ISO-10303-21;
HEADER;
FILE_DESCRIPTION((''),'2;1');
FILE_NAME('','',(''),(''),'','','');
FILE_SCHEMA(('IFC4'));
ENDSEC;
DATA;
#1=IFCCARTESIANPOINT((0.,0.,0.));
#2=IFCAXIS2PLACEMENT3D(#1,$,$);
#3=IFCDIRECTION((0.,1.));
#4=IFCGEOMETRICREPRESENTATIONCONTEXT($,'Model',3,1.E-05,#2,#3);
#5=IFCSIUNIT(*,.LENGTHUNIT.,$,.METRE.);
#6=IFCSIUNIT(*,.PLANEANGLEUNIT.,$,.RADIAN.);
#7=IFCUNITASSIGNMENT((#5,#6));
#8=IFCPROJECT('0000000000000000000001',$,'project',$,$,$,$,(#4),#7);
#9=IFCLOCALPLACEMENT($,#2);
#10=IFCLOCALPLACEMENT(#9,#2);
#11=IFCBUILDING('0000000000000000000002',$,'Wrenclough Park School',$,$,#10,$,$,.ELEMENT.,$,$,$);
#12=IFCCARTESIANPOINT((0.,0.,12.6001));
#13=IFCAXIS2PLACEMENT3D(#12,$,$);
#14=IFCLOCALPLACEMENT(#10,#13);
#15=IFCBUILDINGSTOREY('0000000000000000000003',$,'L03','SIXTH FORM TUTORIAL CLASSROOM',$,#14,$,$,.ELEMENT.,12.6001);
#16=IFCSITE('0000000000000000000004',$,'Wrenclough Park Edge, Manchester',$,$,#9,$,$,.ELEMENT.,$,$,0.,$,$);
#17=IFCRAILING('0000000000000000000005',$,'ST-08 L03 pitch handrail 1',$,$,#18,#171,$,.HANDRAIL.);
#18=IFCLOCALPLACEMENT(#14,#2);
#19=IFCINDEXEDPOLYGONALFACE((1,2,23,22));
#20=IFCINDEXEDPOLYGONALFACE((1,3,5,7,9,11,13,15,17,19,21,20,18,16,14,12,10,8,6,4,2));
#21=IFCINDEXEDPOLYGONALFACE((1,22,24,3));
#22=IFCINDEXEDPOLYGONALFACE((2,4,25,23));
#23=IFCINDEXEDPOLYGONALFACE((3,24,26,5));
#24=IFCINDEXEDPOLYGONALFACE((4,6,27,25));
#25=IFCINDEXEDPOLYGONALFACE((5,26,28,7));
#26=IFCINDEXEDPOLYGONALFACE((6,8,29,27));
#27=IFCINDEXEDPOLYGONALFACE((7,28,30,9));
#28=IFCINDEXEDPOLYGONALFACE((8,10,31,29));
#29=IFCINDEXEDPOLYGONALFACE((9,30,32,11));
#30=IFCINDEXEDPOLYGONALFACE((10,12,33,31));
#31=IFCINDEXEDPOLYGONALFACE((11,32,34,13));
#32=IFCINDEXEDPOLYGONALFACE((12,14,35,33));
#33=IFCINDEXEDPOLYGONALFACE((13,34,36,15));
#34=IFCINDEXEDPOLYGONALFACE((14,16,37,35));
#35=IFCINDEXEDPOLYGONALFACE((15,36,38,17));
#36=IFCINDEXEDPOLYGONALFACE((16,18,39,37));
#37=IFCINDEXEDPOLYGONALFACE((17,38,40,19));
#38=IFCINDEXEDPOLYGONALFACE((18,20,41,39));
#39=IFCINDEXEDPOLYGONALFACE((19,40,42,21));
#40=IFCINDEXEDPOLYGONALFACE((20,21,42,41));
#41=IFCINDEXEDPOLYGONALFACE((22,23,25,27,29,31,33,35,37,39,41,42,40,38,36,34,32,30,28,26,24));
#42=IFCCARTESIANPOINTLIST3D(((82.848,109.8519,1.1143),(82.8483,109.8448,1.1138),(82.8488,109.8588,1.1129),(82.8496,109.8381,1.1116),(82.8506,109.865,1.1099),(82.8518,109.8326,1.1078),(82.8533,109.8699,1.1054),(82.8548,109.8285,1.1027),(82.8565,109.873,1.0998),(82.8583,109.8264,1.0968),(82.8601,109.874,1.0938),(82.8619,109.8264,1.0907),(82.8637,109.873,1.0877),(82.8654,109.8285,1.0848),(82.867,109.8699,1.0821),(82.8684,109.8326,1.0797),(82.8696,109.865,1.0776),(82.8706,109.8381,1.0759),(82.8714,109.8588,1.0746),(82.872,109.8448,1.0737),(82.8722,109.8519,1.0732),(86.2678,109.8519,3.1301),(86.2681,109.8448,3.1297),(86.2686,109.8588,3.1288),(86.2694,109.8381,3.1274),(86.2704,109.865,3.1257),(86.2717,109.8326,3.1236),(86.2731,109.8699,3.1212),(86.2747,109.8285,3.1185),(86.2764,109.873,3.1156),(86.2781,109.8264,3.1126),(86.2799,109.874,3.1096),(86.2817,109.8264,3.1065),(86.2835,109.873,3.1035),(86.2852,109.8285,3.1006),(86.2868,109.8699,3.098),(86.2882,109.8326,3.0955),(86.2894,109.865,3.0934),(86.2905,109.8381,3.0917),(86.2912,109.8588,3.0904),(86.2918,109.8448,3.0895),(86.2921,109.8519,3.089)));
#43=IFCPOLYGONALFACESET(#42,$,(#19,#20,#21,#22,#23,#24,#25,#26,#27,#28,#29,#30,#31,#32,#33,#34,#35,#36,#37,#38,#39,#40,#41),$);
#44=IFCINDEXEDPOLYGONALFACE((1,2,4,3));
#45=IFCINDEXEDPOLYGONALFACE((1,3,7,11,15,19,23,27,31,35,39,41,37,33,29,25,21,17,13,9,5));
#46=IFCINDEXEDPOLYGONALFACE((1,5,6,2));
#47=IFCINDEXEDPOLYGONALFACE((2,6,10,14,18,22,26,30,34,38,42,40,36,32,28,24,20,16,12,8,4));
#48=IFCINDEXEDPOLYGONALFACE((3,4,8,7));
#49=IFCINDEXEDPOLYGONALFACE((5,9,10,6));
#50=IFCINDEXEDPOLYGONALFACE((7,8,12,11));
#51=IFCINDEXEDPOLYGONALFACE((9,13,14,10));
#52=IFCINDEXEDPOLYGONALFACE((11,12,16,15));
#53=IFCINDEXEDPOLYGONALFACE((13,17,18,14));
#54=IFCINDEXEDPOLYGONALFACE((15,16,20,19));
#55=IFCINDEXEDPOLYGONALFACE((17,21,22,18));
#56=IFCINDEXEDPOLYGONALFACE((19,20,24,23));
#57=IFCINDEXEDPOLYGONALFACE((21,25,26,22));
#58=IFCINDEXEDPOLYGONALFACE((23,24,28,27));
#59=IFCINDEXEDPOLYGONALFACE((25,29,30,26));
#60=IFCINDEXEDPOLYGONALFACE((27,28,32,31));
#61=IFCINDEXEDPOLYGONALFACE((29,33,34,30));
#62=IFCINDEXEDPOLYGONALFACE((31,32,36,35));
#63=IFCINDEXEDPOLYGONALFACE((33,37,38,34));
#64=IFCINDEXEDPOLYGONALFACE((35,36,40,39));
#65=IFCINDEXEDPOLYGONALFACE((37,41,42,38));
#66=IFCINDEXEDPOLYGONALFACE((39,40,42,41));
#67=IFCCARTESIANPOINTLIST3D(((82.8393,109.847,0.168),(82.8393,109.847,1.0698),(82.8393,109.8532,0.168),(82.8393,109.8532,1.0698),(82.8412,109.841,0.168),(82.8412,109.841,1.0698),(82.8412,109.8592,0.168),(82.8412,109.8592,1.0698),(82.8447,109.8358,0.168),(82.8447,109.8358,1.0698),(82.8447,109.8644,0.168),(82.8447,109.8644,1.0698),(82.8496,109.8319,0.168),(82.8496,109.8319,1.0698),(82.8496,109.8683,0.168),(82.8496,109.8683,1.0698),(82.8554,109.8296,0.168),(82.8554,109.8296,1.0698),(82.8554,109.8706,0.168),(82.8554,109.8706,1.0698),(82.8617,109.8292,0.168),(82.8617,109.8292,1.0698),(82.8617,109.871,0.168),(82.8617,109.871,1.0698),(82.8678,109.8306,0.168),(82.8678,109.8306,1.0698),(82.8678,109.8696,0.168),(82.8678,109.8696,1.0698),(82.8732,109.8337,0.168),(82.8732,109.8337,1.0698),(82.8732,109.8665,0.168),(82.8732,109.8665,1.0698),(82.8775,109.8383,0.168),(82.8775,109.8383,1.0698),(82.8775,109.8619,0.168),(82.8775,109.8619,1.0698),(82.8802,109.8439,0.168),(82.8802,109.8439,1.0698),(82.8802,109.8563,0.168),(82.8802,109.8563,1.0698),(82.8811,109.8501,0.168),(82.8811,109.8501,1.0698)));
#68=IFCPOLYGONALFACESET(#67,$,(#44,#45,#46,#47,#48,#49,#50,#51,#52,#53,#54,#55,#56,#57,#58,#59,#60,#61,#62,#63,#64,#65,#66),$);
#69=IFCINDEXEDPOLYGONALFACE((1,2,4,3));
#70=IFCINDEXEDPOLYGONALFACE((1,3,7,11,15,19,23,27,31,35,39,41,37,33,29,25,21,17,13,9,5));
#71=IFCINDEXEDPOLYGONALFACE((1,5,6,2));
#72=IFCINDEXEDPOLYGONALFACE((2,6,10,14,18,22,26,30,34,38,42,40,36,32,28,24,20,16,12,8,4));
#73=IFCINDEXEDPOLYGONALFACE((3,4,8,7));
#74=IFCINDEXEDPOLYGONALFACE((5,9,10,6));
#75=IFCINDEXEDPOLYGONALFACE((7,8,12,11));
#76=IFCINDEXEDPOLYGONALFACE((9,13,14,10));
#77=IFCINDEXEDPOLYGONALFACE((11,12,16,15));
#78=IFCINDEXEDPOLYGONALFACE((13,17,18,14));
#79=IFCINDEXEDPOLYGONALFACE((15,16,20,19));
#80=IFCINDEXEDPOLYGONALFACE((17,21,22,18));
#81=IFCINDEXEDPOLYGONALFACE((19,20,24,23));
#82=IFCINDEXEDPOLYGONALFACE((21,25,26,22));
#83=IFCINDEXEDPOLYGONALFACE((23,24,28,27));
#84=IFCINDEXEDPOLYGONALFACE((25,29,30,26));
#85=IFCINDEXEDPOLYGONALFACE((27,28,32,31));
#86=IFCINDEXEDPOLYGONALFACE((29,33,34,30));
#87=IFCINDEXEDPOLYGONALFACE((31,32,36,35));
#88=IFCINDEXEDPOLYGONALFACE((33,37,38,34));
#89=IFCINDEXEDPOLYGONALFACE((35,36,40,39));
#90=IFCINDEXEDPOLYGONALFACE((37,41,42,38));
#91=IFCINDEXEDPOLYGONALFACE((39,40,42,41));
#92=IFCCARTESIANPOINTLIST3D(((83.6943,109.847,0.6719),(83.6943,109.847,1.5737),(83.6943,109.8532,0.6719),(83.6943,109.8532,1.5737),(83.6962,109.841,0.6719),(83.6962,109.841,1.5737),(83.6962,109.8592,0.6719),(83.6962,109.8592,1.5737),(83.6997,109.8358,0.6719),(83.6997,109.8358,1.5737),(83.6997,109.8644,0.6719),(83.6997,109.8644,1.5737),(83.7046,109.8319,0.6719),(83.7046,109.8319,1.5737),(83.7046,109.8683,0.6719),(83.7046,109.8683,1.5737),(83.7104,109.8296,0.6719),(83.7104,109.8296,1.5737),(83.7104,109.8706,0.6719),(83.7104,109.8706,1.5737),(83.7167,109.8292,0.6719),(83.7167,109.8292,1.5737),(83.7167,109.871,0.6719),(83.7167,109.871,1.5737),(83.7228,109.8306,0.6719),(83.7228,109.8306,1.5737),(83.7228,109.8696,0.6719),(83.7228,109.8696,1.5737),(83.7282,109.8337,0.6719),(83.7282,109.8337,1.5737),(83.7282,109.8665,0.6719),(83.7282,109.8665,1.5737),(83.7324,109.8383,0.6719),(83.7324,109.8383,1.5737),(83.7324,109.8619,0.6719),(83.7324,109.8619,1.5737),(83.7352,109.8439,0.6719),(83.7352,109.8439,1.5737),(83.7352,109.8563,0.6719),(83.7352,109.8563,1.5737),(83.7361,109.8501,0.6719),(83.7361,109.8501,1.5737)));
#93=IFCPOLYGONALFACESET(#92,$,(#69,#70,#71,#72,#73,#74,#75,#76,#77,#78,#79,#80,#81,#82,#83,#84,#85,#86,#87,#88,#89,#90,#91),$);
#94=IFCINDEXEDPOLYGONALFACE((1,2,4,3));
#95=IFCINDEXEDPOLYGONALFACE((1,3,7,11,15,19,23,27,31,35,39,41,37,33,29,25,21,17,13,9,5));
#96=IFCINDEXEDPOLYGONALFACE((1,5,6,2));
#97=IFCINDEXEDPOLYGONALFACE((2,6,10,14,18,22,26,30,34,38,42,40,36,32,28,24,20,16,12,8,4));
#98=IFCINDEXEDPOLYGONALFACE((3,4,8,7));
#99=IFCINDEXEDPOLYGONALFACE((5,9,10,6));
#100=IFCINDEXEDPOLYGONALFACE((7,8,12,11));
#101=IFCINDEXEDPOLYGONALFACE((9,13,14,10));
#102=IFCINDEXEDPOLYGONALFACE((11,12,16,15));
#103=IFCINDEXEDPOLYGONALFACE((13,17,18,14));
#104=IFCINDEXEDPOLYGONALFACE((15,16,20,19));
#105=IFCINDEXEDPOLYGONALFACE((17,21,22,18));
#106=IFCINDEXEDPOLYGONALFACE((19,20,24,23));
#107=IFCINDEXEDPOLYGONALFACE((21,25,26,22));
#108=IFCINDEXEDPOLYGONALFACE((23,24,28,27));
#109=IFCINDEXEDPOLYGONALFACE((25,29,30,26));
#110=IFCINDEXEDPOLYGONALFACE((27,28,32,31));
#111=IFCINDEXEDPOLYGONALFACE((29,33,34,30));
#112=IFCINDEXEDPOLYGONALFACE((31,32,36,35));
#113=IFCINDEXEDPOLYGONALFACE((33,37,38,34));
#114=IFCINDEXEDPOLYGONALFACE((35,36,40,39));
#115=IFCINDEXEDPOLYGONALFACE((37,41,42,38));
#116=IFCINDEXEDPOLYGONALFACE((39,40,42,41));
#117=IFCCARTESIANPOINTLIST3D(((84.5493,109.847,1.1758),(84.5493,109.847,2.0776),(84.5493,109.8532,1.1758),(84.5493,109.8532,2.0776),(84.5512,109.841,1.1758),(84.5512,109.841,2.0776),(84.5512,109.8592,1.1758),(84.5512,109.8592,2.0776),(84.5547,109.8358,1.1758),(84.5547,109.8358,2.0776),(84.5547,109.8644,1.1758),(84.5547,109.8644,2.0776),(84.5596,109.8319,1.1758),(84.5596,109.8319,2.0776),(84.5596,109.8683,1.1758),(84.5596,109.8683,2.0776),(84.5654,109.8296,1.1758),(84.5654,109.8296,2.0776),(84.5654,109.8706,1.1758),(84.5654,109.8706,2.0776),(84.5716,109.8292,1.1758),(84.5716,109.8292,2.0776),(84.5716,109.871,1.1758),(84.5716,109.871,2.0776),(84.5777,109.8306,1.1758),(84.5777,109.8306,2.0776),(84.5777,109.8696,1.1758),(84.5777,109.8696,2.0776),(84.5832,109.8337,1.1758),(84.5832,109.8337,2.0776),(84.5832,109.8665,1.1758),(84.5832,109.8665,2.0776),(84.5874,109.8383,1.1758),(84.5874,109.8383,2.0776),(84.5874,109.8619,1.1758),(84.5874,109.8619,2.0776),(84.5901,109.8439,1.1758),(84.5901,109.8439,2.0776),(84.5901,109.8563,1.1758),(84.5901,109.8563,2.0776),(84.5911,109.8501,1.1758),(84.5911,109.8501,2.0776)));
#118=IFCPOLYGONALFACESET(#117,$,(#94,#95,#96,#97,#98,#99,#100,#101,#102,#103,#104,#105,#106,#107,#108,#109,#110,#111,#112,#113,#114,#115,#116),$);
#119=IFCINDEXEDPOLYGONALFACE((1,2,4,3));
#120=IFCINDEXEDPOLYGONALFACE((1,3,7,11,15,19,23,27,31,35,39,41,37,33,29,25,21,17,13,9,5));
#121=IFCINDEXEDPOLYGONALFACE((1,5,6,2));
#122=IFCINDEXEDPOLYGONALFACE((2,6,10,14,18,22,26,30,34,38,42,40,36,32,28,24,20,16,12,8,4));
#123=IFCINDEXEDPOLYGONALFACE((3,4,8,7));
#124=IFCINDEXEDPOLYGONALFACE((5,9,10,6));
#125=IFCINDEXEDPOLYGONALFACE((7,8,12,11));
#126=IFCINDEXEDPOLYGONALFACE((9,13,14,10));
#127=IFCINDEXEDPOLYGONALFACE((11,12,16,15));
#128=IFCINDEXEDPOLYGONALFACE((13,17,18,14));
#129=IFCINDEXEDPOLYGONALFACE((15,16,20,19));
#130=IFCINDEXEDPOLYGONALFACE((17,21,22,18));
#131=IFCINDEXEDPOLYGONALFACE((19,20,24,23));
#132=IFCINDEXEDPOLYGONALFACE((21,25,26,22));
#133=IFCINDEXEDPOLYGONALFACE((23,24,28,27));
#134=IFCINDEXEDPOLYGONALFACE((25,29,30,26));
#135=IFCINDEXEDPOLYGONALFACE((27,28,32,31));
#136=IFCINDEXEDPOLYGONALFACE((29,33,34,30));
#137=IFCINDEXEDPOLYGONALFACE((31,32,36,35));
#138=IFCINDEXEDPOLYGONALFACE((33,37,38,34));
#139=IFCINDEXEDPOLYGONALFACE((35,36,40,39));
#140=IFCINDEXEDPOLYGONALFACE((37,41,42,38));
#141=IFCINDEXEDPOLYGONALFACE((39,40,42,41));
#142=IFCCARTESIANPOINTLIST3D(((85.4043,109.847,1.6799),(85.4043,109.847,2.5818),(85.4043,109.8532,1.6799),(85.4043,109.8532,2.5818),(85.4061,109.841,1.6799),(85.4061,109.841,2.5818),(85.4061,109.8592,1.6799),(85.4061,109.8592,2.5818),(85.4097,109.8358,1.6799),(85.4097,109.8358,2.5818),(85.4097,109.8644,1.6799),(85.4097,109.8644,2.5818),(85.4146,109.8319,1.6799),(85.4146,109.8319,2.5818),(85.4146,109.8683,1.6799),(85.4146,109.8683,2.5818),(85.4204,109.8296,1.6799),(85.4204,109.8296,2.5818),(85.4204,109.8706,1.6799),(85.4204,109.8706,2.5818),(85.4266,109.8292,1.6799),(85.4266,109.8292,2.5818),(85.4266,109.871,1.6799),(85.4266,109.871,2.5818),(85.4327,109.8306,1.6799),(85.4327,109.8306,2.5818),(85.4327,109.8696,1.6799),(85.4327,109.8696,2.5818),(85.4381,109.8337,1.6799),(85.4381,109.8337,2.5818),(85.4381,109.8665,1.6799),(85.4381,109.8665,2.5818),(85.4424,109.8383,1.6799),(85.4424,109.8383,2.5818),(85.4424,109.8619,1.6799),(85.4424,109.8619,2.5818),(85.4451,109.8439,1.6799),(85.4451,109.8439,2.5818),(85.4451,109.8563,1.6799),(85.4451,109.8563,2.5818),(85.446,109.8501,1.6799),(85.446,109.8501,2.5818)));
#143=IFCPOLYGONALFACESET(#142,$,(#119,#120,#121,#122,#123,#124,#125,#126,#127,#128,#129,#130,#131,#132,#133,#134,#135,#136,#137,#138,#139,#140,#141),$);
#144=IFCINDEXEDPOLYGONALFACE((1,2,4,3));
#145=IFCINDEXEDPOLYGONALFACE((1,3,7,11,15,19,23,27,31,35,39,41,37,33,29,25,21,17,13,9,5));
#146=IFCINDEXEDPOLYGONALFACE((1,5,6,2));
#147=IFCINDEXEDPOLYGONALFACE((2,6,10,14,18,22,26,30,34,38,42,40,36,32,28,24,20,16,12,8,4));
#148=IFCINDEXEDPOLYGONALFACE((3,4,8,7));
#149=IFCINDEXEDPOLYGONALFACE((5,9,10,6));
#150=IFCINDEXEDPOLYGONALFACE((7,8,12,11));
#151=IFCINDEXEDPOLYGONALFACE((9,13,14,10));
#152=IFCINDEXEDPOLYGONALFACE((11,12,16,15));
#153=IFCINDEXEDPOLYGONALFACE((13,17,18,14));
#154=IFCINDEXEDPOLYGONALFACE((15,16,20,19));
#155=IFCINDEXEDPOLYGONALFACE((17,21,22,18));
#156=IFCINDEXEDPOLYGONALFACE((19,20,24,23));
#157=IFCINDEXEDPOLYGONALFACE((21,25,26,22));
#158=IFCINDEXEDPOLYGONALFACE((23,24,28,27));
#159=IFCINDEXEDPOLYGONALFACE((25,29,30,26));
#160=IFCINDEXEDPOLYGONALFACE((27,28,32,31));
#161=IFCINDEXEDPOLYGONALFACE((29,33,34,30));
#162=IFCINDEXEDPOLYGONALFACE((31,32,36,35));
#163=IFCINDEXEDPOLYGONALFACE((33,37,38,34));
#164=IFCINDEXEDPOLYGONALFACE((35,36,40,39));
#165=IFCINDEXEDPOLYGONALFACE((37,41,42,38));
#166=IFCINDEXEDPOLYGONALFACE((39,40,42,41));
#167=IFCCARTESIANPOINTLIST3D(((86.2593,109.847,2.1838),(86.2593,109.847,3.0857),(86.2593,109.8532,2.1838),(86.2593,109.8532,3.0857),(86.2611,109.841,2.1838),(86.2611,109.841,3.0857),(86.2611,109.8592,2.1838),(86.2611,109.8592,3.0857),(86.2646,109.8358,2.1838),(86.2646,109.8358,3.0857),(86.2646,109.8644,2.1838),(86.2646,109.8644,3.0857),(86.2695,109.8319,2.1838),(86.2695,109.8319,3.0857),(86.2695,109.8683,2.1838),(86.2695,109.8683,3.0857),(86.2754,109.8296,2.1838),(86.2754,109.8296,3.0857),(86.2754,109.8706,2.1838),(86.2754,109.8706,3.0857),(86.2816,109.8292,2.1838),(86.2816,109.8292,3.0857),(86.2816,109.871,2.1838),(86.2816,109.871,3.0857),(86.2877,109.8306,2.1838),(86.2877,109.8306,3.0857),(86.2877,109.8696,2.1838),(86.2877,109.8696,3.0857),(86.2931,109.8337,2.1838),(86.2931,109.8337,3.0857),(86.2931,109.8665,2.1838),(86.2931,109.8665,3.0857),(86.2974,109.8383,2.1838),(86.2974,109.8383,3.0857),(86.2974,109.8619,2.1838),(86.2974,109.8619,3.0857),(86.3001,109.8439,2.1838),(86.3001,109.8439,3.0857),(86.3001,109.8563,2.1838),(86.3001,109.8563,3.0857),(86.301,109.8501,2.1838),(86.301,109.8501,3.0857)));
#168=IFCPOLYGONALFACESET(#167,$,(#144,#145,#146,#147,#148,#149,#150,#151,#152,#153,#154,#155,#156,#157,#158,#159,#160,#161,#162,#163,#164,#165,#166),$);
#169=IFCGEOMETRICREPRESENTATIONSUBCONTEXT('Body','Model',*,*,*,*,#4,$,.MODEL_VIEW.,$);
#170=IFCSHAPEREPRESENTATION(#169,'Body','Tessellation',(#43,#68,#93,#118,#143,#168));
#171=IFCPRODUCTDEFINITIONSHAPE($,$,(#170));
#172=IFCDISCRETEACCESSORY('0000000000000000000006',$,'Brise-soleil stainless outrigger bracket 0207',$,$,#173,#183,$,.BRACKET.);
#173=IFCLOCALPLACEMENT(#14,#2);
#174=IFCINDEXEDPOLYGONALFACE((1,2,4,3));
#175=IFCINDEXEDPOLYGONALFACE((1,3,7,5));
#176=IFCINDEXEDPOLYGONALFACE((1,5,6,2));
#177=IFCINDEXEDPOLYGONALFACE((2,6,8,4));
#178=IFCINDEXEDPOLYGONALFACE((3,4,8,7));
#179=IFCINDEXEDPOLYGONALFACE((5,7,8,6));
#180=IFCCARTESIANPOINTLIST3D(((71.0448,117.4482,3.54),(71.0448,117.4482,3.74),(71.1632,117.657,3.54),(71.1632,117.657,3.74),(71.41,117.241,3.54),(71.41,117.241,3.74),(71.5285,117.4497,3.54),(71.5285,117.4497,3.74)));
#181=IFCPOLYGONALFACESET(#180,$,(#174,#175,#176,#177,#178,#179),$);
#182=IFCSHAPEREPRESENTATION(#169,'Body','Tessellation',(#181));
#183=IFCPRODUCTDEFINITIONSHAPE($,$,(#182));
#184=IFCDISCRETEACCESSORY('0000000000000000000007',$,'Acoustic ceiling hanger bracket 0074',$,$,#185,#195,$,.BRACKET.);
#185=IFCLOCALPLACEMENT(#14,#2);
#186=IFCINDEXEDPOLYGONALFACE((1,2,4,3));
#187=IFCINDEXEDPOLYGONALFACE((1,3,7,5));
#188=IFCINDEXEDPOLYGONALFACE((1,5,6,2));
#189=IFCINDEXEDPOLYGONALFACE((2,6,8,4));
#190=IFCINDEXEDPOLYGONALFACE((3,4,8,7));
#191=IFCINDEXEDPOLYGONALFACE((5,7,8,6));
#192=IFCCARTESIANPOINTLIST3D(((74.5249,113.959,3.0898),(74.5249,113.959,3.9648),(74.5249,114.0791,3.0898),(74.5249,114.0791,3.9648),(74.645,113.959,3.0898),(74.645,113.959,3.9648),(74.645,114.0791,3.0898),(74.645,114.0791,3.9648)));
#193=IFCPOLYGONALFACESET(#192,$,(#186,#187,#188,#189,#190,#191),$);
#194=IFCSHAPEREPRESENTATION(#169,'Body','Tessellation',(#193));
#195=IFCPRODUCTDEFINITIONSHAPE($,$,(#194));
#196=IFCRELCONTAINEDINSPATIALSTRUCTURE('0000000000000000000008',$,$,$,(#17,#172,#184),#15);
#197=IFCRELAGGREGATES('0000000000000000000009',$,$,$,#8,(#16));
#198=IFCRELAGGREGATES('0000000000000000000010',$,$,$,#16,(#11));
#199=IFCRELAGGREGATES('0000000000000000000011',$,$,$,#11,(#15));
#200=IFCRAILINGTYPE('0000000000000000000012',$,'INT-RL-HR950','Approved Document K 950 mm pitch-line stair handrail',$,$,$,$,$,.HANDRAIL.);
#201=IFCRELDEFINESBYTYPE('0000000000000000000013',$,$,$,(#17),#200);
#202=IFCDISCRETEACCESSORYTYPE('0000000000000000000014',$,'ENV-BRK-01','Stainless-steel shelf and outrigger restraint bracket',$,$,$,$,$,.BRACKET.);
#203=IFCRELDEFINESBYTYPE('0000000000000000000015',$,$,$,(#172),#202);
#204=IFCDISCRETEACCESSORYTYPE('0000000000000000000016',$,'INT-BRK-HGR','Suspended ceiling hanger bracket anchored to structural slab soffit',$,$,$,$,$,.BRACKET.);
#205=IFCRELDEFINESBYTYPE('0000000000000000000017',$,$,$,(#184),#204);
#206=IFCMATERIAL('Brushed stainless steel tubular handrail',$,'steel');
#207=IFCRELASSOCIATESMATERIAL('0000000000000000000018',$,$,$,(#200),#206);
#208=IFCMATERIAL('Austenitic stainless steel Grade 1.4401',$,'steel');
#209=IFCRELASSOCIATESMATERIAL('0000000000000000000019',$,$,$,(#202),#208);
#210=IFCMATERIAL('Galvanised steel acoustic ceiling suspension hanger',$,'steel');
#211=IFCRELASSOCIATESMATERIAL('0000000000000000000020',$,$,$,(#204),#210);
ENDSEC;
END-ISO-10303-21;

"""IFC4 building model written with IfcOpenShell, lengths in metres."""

from ifc_helpers import new_model, si_unit, direction, frame, origin, origin_2d, place, context, subcontext, project, spatial, rectangle, circle, extrude, material, type_object, element, save


model = new_model("IFC4")

# Units and contexts
model_context = context("Model", 3, precision=1e-05, world=origin(), true_north=direction((0.0, 1.0)))
body_context = subcontext(model_context, "Body", "Model", "MODEL_VIEW")
ifc_project = project(units=[si_unit("LENGTHUNIT", "METRE"), si_unit("PLANEANGLEUNIT", "RADIAN")], contexts=[model_context])

# Site, building, storey
site_placement = place(None, origin())
site = spatial("IfcSite", under=ifc_project, at=site_placement, Name="Wrenclough Park Edge, Manchester", CompositionType="ELEMENT", RefElevation=0.0)
building_placement = place(site_placement, origin())
building = spatial("IfcBuilding", under=site, at=building_placement, Name="Wrenclough Park School", CompositionType="ELEMENT")
storey_placement = place(building_placement, frame((0.0, 0.0, 12.6001)))
storey = spatial("IfcBuildingStorey", under=building, at=storey_placement, Name="L03", Description="SIXTH FORM TUTORIAL CLASSROOM", CompositionType="ELEMENT", Elevation=12.6001)

# Railing
ifc_material_1 = material(Name="Brushed stainless steel tubular handrail", Category="steel")
railing_type_1 = type_object("IfcRailingType", Name="INT-RL-HR950", Description="Approved Document K 950 mm pitch-line stair handrail", PredefinedType="HANDRAIL", material=ifc_material_1)
railing_1_placement = place(storey_placement, frame((82.8601, 109.8501, 0.168)))
element("IfcRailing", 1, at=railing_1_placement, inside=storey, type_object=railing_type_1, Name="ST-08 L03 pitch handrail 1", PredefinedType="HANDRAIL", context=body_context, shape_type="SweptSolid", body=[
    extrude(circle(Radius=0.0239, at=origin_2d()), frame((0.0, 0.0, 0.9258), z_axis=(0.861477, 0.0, 0.507797), x_axis=(0.0, 1.0, 0.0)), (0.0, 0.0, 1.0), 3.9697),
    extrude(circle(Radius=0.021, at=origin_2d()), origin(), (0.0, 0.0, 1.0), 0.9019),
    extrude(circle(Radius=0.021, at=origin_2d()), frame((0.855, 0.0, 0.5039)), (0.0, 0.0, 1.0), 0.9019),
    extrude(circle(Radius=0.021, at=origin_2d()), frame((1.71, 0.0, 1.0078)), (0.0, 0.0, 1.0), 0.9019),
    extrude(circle(Radius=0.021, at=origin_2d()), frame((2.5649, 0.0, 1.512)), (0.0, 0.0, 1.0), 0.9019),
    extrude(circle(Radius=0.021, at=origin_2d()), frame((3.4199, 0.0, 2.0159)), (0.0, 0.0, 1.0), 0.9019),
])

# Discrete accessories
ifc_material_2 = material(Name="Austenitic stainless steel Grade 1.4401", Category="steel")
discrete_accessory_type_1 = type_object("IfcDiscreteAccessoryType", Name="ENV-BRK-01", Description="Stainless-steel shelf and outrigger restraint bracket", PredefinedType="BRACKET", material=ifc_material_2)
discrete_accessory_1_placement = place(storey_placement, frame((71.2866, 117.449, 3.54), z_axis=(0.0, 0.0, 1.0), x_axis=(-0.493509, -0.869741, 0.0)))
element("IfcDiscreteAccessory", 2, at=discrete_accessory_1_placement, inside=storey, type_object=discrete_accessory_type_1, Name="Brise-soleil stainless outrigger bracket 0207", PredefinedType="BRACKET", context=body_context, shape_type="SweptSolid", body=[
    extrude(rectangle(XDim=0.24, YDim=0.4199, at=origin_2d()), origin(), (0.0, 0.0, 1.0), 0.2),
])
ifc_material_3 = material(Name="Galvanised steel acoustic ceiling suspension hanger", Category="steel")
discrete_accessory_type_2 = type_object("IfcDiscreteAccessoryType", Name="INT-BRK-HGR", Description="Suspended ceiling hanger bracket anchored to structural slab soffit", PredefinedType="BRACKET", material=ifc_material_3)
discrete_accessory_2_placement = place(storey_placement, frame((74.585, 114.019, 3.0898), z_axis=(0.0, 0.0, 1.0), x_axis=(1.0, 0.0, 0.0)))
element("IfcDiscreteAccessory", 3, at=discrete_accessory_2_placement, inside=storey, type_object=discrete_accessory_type_2, Name="Acoustic ceiling hanger bracket 0074", PredefinedType="BRACKET", context=body_context, shape_type="SweptSolid", body=[
    extrude(rectangle(XDim=0.1201, YDim=0.1201, at=origin_2d()), origin(), (0.0, 0.0, 1.0), 0.875),
])

save(model, "model.ifc")
